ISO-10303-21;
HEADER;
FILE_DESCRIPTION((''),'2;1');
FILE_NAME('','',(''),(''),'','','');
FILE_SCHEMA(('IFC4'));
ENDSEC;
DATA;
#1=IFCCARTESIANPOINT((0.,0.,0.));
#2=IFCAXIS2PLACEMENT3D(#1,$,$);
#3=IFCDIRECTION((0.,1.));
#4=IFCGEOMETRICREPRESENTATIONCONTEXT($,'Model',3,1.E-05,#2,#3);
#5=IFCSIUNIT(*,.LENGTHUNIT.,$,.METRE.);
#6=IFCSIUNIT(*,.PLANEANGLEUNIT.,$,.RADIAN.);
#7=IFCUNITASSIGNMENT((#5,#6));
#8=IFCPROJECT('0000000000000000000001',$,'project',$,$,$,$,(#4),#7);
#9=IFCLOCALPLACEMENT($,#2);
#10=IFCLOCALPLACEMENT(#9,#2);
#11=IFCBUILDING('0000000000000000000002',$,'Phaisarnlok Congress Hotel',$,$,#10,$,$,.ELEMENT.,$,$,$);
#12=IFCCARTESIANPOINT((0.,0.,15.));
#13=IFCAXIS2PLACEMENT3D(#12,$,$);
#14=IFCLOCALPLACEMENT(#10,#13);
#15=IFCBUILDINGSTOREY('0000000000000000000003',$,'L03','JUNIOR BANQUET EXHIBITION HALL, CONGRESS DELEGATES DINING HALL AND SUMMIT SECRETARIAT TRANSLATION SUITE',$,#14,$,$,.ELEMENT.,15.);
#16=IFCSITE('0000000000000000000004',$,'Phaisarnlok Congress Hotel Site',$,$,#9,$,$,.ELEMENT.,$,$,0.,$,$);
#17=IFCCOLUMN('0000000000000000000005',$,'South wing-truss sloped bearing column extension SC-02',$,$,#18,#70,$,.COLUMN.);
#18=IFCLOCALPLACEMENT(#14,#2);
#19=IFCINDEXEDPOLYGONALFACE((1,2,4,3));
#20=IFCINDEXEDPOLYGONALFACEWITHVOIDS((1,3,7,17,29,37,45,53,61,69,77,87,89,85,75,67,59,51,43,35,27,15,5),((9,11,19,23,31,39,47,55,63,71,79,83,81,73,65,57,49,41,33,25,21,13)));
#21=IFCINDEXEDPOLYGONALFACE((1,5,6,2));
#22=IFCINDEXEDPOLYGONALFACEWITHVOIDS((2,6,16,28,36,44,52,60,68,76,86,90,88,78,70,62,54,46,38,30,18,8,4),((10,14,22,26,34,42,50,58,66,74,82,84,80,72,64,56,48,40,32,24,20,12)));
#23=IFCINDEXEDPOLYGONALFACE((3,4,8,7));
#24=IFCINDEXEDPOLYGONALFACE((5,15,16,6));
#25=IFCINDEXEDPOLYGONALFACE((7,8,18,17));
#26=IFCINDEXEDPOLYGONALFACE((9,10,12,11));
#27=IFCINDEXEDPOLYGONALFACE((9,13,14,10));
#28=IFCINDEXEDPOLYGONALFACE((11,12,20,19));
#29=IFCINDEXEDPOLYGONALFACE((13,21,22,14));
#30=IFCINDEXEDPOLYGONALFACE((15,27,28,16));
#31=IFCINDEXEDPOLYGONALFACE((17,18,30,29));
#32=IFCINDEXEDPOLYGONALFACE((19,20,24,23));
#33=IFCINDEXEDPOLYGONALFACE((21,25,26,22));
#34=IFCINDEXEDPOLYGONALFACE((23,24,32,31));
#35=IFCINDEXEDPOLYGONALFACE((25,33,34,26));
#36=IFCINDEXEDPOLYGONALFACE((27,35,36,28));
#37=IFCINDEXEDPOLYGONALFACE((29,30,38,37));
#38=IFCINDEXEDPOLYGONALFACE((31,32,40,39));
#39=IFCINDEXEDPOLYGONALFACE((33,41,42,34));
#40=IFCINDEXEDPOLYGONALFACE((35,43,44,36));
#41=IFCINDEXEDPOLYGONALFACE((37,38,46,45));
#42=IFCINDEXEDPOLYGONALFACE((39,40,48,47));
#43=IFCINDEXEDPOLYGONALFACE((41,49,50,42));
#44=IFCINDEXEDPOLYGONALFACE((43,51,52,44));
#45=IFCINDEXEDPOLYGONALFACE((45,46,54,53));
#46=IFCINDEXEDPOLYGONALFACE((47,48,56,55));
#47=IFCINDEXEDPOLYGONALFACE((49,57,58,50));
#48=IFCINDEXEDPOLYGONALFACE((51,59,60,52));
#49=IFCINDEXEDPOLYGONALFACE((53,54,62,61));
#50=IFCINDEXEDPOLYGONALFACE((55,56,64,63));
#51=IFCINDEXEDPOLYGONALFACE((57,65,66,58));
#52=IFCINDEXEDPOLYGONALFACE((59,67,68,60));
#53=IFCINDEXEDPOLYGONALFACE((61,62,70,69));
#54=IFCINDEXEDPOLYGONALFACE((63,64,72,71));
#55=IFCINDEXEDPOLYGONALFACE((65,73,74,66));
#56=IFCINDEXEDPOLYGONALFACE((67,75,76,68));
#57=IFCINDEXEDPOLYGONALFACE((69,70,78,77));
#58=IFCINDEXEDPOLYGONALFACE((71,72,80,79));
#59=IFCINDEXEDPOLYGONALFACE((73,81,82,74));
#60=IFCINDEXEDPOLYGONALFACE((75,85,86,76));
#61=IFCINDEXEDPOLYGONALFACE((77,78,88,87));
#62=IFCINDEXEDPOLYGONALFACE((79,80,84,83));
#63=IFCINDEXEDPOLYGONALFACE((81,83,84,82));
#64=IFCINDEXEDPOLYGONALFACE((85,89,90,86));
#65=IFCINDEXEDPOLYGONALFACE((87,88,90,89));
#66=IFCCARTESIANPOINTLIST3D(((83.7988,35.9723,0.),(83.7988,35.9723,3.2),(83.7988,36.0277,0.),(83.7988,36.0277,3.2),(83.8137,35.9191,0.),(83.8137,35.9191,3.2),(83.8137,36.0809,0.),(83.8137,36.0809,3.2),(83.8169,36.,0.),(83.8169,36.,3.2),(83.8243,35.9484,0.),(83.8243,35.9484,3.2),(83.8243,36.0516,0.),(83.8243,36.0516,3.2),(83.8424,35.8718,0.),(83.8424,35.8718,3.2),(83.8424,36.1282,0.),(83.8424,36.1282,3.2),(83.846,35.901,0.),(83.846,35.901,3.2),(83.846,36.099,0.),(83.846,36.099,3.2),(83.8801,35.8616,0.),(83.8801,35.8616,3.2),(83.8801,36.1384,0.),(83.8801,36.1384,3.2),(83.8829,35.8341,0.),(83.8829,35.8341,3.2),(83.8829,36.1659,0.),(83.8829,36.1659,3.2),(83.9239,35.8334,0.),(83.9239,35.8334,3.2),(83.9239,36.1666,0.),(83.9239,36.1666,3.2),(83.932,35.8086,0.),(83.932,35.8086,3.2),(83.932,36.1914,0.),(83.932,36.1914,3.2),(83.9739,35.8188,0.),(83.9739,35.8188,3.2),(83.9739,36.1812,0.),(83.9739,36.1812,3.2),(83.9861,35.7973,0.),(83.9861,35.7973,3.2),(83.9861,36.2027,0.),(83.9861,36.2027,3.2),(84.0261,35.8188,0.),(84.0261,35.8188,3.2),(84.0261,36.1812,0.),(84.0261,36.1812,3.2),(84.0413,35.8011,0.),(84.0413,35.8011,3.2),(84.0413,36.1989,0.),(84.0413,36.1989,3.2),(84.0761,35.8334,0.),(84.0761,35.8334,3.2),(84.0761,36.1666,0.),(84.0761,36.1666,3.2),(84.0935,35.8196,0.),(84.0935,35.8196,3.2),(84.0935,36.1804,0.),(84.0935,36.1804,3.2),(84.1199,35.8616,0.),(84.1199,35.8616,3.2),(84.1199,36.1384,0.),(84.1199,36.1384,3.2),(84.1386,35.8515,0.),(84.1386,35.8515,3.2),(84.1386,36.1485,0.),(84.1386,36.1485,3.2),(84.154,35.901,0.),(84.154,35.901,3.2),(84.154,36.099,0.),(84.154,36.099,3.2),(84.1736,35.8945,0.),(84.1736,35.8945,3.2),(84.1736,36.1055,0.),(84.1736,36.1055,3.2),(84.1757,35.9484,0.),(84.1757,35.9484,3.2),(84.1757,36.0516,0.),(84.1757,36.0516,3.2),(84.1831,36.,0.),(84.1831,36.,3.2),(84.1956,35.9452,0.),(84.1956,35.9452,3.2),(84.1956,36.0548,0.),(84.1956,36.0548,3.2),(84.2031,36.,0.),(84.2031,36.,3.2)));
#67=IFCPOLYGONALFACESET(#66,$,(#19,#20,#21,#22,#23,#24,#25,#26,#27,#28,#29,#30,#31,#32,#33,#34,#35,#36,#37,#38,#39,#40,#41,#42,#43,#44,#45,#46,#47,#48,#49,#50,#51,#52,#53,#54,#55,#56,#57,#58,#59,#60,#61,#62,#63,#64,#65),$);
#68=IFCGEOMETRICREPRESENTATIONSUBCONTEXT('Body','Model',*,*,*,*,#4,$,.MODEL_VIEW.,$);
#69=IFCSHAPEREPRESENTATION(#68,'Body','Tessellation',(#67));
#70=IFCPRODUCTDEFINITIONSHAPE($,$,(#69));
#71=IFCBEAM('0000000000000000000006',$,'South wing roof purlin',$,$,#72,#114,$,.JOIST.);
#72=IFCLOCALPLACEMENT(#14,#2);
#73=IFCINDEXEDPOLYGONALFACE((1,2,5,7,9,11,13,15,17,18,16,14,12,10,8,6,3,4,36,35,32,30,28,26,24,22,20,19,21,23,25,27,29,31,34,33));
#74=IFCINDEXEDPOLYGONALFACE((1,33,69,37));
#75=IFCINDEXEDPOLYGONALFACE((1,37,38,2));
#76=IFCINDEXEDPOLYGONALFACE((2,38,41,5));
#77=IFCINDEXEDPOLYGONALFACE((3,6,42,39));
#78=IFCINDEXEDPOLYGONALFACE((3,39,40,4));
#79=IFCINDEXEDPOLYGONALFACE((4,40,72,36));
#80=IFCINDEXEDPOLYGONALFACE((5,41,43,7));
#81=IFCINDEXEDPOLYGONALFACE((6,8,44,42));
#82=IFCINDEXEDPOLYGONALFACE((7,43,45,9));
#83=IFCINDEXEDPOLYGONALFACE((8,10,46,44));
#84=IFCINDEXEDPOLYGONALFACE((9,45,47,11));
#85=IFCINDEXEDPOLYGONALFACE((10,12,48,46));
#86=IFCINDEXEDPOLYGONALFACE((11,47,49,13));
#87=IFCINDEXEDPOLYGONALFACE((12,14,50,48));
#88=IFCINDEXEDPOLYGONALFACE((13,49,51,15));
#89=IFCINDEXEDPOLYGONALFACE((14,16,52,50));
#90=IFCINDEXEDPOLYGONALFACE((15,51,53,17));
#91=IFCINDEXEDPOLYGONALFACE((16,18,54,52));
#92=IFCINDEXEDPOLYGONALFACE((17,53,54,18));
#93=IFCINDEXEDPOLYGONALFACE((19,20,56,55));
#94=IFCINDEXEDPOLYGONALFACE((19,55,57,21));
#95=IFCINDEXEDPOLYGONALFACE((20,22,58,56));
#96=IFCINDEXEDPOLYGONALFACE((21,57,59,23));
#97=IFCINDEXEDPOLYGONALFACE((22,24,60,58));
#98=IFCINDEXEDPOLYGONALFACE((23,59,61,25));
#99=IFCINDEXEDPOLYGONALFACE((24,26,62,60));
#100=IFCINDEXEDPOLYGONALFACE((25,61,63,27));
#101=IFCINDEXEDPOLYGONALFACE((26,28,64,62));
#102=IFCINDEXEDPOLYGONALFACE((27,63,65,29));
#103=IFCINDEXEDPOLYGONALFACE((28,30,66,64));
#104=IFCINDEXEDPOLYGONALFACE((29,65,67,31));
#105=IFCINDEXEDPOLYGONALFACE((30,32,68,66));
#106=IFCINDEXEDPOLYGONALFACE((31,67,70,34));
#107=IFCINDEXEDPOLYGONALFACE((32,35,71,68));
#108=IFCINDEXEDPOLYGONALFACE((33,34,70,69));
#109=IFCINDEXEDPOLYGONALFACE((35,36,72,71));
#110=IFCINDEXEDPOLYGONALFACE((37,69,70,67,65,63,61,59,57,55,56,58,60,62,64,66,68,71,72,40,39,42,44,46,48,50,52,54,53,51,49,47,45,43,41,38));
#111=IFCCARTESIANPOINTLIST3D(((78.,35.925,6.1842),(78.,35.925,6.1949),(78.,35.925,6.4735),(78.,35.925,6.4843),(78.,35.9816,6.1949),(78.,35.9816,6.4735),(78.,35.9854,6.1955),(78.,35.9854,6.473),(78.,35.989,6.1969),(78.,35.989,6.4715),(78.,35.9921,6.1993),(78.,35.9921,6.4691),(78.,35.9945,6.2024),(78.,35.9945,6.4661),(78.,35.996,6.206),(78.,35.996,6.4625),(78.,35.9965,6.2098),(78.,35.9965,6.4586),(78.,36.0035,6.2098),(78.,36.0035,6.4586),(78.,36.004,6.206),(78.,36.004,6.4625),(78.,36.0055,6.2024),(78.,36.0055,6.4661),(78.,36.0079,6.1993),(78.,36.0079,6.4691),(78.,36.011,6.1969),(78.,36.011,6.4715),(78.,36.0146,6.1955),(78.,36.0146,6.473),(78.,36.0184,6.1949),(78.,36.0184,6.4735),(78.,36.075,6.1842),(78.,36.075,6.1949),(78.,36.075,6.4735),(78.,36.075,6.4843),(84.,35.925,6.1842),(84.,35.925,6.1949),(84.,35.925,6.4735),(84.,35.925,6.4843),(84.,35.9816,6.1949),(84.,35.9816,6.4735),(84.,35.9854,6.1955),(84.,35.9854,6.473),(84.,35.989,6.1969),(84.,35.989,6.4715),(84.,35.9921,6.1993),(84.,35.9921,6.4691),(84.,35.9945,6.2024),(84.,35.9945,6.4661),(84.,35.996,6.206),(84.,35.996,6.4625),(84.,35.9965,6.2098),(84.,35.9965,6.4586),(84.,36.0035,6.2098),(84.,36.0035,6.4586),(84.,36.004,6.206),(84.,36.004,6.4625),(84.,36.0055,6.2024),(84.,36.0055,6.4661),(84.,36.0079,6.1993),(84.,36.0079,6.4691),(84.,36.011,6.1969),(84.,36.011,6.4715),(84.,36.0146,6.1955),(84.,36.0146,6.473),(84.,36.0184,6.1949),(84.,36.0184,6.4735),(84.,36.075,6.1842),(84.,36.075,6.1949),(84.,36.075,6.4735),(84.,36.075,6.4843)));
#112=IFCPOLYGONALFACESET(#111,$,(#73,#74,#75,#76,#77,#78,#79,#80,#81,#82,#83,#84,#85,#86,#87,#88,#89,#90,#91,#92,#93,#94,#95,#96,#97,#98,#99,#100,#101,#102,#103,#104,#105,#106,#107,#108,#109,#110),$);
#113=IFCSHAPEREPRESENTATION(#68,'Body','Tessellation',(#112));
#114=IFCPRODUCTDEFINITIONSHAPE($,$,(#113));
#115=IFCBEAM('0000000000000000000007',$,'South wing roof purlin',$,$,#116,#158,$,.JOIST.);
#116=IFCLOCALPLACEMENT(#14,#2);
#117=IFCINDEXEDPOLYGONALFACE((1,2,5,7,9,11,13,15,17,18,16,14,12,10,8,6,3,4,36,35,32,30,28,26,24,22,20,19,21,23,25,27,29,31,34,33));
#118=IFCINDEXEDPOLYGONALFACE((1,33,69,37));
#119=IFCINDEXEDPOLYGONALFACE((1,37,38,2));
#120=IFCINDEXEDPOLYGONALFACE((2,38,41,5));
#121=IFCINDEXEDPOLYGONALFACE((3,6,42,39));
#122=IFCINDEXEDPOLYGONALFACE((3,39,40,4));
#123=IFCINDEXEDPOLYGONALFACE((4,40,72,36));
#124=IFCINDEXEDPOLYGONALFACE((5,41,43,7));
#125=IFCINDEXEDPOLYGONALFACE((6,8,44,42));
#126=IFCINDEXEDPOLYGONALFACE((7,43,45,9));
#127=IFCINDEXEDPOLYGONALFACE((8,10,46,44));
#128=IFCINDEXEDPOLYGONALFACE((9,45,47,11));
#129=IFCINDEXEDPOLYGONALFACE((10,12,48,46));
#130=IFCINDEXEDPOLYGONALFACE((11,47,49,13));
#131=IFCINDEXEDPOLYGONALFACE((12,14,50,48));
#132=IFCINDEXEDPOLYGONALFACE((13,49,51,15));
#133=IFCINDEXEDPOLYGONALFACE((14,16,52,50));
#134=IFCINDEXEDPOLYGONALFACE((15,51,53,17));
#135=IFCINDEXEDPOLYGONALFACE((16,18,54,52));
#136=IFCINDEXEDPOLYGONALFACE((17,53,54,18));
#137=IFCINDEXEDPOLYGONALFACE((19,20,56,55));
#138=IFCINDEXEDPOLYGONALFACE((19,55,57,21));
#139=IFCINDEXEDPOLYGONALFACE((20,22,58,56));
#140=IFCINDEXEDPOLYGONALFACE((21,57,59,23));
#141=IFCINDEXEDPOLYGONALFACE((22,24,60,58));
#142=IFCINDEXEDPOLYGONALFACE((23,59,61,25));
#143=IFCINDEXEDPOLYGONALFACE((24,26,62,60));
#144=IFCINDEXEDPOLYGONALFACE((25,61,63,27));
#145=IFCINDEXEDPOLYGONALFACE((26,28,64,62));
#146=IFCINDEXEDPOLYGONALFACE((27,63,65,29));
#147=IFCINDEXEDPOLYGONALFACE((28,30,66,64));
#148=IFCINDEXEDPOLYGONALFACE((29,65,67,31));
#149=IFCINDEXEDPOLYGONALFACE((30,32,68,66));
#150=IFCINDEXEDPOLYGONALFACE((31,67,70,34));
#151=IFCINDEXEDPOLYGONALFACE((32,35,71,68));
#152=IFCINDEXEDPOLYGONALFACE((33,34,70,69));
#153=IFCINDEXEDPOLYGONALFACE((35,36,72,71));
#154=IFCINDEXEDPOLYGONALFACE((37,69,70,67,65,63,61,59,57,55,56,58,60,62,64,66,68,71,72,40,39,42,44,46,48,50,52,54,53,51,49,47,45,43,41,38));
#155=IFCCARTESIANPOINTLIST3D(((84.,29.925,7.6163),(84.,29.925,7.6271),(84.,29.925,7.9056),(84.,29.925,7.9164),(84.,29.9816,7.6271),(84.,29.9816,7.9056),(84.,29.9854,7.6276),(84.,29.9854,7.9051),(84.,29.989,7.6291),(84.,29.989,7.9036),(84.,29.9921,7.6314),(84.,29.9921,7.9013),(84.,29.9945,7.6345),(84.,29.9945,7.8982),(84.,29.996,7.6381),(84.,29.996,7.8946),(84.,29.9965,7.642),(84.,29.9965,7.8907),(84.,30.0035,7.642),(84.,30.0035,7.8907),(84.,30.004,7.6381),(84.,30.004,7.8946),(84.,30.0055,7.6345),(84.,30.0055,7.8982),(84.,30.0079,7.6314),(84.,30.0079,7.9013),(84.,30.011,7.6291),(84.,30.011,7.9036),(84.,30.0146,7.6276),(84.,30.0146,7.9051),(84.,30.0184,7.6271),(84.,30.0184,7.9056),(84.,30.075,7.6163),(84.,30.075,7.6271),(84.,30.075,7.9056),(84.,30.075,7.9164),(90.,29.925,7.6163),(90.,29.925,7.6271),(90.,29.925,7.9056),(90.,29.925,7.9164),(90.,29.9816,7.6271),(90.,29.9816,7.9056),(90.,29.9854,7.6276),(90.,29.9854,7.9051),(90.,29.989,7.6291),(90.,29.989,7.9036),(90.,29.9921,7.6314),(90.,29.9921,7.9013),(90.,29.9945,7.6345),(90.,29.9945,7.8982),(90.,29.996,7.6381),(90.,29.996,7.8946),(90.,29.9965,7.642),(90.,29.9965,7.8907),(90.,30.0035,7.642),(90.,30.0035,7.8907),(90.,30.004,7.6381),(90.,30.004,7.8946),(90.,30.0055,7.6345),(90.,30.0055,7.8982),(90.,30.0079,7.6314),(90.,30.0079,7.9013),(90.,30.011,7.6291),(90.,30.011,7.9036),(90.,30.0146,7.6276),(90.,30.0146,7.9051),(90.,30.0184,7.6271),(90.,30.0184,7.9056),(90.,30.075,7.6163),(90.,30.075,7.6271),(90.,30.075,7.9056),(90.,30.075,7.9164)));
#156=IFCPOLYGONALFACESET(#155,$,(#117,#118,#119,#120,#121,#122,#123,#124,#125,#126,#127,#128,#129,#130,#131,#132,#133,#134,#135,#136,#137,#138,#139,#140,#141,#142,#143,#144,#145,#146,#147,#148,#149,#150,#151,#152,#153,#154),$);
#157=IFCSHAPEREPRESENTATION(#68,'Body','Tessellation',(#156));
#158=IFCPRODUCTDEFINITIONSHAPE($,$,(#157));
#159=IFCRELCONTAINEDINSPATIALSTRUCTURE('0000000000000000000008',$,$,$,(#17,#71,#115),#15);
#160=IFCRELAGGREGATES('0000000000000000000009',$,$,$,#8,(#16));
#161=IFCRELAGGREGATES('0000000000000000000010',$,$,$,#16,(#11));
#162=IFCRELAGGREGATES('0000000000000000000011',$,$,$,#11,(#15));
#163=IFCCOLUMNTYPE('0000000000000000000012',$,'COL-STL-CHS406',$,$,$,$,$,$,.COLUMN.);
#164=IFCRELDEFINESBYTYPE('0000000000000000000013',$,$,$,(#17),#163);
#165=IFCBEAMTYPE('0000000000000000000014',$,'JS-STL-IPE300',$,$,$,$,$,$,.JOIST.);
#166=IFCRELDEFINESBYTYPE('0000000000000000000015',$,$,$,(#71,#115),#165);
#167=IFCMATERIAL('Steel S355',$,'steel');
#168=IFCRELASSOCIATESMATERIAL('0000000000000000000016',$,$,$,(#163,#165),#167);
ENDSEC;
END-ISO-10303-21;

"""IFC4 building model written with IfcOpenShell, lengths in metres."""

from ifc_helpers import new_model, si_unit, direction, frame, origin, origin_2d, place, context, subcontext, project, spatial, hollow_circle, i_section, extrude, material, material_profile, profile_set, type_object, element, save


model = new_model("IFC4")

# Units and contexts
model_context = context("Model", 3, precision=1e-05, world=origin(), true_north=direction((0.0, 1.0)))
body_context = subcontext(model_context, "Body", "Model", "MODEL_VIEW")
ifc_project = project(units=[si_unit("LENGTHUNIT", "METRE"), si_unit("PLANEANGLEUNIT", "RADIAN")], contexts=[model_context])

# Site, building, storey
site_placement = place(None, origin())
site = spatial("IfcSite", under=ifc_project, at=site_placement, Name="Phaisarnlok Congress Hotel Site", CompositionType="ELEMENT", RefElevation=0.0)
building_placement = place(site_placement, origin())
building = spatial("IfcBuilding", under=site, at=building_placement, Name="Phaisarnlok Congress Hotel", CompositionType="ELEMENT")
storey_placement = place(building_placement, frame((0.0, 0.0, 15.0)))
storey = spatial("IfcBuildingStorey", under=building, at=storey_placement, Name="L03", Description="JUNIOR BANQUET EXHIBITION HALL, CONGRESS DELEGATES DINING HALL AND SUMMIT SECRETARIAT TRANSLATION SUITE", CompositionType="ELEMENT", Elevation=15.0)

# Column
ifc_material_1 = material(Name="Steel S355", Category="steel")
ifc_material_profile_1 = material_profile(ifc_material_1, hollow_circle(Radius=0.2031, WallThickness=0.02, at=origin_2d()), Name="CHS 406.4x20")
ifc_profile_set_1 = profile_set([ifc_material_profile_1], Name="Steel S355")
column_type = type_object("IfcColumnType", Name="COL-STL-CHS406", PredefinedType="COLUMN", material=ifc_profile_set_1)
column_placement = place(storey_placement, frame((84.0, 36.0, 0.0), z_axis=(0.0, 0.0, 1.0), x_axis=(1.0, 0.0, 0.0)))
element("IfcColumn", 1, at=column_placement, inside=storey, type_object=column_type, Name="South wing-truss sloped bearing column extension SC-02", PredefinedType="COLUMN", context=body_context, shape_type="SweptSolid", body=[
    extrude(hollow_circle(Radius=0.2031, WallThickness=0.02, at=origin_2d()), origin(), (0.0, 0.0, 1.0), 3.2),
])

# Beams
ifc_material_profile_2 = material_profile(ifc_material_1, i_section(OverallWidth=0.1499, OverallDepth=0.3, WebThickness=0.0071, FlangeThickness=0.0107, FilletRadius=0.0149, at=origin_2d()), Name="IPE 300")
ifc_profile_set_2 = profile_set([ifc_material_profile_2], Name="Steel S355")
beam_type = type_object("IfcBeamType", Name="JS-STL-IPE300", PredefinedType="JOIST", material=ifc_profile_set_2)
for number, where, z_axis, x_axis, name in (
    (2, (78.0, 36.0, 6.3342), (1.0, 0.0, 0.0), (0.0, 1.0, 0.0), "South wing roof purlin"),
    (3, (84.0, 30.0, 7.7664), (1.0, 0.0, 0.0), (0.0, 1.0, 0.0), "South wing roof purlin"),
):
    element("IfcBeam", number, at=place(storey_placement, frame(where, z_axis=z_axis, x_axis=x_axis)), inside=storey, type_object=beam_type, Name=name, PredefinedType="JOIST", context=body_context, shape_type="SweptSolid", body=[
        extrude(i_section(OverallWidth=0.1499, OverallDepth=0.3, WebThickness=0.0071, FlangeThickness=0.0107, FilletRadius=0.0149, at=origin_2d()), origin(), (0.0, 0.0, 1.0), 6.0),
    ])

save(model, "model.ifc")
